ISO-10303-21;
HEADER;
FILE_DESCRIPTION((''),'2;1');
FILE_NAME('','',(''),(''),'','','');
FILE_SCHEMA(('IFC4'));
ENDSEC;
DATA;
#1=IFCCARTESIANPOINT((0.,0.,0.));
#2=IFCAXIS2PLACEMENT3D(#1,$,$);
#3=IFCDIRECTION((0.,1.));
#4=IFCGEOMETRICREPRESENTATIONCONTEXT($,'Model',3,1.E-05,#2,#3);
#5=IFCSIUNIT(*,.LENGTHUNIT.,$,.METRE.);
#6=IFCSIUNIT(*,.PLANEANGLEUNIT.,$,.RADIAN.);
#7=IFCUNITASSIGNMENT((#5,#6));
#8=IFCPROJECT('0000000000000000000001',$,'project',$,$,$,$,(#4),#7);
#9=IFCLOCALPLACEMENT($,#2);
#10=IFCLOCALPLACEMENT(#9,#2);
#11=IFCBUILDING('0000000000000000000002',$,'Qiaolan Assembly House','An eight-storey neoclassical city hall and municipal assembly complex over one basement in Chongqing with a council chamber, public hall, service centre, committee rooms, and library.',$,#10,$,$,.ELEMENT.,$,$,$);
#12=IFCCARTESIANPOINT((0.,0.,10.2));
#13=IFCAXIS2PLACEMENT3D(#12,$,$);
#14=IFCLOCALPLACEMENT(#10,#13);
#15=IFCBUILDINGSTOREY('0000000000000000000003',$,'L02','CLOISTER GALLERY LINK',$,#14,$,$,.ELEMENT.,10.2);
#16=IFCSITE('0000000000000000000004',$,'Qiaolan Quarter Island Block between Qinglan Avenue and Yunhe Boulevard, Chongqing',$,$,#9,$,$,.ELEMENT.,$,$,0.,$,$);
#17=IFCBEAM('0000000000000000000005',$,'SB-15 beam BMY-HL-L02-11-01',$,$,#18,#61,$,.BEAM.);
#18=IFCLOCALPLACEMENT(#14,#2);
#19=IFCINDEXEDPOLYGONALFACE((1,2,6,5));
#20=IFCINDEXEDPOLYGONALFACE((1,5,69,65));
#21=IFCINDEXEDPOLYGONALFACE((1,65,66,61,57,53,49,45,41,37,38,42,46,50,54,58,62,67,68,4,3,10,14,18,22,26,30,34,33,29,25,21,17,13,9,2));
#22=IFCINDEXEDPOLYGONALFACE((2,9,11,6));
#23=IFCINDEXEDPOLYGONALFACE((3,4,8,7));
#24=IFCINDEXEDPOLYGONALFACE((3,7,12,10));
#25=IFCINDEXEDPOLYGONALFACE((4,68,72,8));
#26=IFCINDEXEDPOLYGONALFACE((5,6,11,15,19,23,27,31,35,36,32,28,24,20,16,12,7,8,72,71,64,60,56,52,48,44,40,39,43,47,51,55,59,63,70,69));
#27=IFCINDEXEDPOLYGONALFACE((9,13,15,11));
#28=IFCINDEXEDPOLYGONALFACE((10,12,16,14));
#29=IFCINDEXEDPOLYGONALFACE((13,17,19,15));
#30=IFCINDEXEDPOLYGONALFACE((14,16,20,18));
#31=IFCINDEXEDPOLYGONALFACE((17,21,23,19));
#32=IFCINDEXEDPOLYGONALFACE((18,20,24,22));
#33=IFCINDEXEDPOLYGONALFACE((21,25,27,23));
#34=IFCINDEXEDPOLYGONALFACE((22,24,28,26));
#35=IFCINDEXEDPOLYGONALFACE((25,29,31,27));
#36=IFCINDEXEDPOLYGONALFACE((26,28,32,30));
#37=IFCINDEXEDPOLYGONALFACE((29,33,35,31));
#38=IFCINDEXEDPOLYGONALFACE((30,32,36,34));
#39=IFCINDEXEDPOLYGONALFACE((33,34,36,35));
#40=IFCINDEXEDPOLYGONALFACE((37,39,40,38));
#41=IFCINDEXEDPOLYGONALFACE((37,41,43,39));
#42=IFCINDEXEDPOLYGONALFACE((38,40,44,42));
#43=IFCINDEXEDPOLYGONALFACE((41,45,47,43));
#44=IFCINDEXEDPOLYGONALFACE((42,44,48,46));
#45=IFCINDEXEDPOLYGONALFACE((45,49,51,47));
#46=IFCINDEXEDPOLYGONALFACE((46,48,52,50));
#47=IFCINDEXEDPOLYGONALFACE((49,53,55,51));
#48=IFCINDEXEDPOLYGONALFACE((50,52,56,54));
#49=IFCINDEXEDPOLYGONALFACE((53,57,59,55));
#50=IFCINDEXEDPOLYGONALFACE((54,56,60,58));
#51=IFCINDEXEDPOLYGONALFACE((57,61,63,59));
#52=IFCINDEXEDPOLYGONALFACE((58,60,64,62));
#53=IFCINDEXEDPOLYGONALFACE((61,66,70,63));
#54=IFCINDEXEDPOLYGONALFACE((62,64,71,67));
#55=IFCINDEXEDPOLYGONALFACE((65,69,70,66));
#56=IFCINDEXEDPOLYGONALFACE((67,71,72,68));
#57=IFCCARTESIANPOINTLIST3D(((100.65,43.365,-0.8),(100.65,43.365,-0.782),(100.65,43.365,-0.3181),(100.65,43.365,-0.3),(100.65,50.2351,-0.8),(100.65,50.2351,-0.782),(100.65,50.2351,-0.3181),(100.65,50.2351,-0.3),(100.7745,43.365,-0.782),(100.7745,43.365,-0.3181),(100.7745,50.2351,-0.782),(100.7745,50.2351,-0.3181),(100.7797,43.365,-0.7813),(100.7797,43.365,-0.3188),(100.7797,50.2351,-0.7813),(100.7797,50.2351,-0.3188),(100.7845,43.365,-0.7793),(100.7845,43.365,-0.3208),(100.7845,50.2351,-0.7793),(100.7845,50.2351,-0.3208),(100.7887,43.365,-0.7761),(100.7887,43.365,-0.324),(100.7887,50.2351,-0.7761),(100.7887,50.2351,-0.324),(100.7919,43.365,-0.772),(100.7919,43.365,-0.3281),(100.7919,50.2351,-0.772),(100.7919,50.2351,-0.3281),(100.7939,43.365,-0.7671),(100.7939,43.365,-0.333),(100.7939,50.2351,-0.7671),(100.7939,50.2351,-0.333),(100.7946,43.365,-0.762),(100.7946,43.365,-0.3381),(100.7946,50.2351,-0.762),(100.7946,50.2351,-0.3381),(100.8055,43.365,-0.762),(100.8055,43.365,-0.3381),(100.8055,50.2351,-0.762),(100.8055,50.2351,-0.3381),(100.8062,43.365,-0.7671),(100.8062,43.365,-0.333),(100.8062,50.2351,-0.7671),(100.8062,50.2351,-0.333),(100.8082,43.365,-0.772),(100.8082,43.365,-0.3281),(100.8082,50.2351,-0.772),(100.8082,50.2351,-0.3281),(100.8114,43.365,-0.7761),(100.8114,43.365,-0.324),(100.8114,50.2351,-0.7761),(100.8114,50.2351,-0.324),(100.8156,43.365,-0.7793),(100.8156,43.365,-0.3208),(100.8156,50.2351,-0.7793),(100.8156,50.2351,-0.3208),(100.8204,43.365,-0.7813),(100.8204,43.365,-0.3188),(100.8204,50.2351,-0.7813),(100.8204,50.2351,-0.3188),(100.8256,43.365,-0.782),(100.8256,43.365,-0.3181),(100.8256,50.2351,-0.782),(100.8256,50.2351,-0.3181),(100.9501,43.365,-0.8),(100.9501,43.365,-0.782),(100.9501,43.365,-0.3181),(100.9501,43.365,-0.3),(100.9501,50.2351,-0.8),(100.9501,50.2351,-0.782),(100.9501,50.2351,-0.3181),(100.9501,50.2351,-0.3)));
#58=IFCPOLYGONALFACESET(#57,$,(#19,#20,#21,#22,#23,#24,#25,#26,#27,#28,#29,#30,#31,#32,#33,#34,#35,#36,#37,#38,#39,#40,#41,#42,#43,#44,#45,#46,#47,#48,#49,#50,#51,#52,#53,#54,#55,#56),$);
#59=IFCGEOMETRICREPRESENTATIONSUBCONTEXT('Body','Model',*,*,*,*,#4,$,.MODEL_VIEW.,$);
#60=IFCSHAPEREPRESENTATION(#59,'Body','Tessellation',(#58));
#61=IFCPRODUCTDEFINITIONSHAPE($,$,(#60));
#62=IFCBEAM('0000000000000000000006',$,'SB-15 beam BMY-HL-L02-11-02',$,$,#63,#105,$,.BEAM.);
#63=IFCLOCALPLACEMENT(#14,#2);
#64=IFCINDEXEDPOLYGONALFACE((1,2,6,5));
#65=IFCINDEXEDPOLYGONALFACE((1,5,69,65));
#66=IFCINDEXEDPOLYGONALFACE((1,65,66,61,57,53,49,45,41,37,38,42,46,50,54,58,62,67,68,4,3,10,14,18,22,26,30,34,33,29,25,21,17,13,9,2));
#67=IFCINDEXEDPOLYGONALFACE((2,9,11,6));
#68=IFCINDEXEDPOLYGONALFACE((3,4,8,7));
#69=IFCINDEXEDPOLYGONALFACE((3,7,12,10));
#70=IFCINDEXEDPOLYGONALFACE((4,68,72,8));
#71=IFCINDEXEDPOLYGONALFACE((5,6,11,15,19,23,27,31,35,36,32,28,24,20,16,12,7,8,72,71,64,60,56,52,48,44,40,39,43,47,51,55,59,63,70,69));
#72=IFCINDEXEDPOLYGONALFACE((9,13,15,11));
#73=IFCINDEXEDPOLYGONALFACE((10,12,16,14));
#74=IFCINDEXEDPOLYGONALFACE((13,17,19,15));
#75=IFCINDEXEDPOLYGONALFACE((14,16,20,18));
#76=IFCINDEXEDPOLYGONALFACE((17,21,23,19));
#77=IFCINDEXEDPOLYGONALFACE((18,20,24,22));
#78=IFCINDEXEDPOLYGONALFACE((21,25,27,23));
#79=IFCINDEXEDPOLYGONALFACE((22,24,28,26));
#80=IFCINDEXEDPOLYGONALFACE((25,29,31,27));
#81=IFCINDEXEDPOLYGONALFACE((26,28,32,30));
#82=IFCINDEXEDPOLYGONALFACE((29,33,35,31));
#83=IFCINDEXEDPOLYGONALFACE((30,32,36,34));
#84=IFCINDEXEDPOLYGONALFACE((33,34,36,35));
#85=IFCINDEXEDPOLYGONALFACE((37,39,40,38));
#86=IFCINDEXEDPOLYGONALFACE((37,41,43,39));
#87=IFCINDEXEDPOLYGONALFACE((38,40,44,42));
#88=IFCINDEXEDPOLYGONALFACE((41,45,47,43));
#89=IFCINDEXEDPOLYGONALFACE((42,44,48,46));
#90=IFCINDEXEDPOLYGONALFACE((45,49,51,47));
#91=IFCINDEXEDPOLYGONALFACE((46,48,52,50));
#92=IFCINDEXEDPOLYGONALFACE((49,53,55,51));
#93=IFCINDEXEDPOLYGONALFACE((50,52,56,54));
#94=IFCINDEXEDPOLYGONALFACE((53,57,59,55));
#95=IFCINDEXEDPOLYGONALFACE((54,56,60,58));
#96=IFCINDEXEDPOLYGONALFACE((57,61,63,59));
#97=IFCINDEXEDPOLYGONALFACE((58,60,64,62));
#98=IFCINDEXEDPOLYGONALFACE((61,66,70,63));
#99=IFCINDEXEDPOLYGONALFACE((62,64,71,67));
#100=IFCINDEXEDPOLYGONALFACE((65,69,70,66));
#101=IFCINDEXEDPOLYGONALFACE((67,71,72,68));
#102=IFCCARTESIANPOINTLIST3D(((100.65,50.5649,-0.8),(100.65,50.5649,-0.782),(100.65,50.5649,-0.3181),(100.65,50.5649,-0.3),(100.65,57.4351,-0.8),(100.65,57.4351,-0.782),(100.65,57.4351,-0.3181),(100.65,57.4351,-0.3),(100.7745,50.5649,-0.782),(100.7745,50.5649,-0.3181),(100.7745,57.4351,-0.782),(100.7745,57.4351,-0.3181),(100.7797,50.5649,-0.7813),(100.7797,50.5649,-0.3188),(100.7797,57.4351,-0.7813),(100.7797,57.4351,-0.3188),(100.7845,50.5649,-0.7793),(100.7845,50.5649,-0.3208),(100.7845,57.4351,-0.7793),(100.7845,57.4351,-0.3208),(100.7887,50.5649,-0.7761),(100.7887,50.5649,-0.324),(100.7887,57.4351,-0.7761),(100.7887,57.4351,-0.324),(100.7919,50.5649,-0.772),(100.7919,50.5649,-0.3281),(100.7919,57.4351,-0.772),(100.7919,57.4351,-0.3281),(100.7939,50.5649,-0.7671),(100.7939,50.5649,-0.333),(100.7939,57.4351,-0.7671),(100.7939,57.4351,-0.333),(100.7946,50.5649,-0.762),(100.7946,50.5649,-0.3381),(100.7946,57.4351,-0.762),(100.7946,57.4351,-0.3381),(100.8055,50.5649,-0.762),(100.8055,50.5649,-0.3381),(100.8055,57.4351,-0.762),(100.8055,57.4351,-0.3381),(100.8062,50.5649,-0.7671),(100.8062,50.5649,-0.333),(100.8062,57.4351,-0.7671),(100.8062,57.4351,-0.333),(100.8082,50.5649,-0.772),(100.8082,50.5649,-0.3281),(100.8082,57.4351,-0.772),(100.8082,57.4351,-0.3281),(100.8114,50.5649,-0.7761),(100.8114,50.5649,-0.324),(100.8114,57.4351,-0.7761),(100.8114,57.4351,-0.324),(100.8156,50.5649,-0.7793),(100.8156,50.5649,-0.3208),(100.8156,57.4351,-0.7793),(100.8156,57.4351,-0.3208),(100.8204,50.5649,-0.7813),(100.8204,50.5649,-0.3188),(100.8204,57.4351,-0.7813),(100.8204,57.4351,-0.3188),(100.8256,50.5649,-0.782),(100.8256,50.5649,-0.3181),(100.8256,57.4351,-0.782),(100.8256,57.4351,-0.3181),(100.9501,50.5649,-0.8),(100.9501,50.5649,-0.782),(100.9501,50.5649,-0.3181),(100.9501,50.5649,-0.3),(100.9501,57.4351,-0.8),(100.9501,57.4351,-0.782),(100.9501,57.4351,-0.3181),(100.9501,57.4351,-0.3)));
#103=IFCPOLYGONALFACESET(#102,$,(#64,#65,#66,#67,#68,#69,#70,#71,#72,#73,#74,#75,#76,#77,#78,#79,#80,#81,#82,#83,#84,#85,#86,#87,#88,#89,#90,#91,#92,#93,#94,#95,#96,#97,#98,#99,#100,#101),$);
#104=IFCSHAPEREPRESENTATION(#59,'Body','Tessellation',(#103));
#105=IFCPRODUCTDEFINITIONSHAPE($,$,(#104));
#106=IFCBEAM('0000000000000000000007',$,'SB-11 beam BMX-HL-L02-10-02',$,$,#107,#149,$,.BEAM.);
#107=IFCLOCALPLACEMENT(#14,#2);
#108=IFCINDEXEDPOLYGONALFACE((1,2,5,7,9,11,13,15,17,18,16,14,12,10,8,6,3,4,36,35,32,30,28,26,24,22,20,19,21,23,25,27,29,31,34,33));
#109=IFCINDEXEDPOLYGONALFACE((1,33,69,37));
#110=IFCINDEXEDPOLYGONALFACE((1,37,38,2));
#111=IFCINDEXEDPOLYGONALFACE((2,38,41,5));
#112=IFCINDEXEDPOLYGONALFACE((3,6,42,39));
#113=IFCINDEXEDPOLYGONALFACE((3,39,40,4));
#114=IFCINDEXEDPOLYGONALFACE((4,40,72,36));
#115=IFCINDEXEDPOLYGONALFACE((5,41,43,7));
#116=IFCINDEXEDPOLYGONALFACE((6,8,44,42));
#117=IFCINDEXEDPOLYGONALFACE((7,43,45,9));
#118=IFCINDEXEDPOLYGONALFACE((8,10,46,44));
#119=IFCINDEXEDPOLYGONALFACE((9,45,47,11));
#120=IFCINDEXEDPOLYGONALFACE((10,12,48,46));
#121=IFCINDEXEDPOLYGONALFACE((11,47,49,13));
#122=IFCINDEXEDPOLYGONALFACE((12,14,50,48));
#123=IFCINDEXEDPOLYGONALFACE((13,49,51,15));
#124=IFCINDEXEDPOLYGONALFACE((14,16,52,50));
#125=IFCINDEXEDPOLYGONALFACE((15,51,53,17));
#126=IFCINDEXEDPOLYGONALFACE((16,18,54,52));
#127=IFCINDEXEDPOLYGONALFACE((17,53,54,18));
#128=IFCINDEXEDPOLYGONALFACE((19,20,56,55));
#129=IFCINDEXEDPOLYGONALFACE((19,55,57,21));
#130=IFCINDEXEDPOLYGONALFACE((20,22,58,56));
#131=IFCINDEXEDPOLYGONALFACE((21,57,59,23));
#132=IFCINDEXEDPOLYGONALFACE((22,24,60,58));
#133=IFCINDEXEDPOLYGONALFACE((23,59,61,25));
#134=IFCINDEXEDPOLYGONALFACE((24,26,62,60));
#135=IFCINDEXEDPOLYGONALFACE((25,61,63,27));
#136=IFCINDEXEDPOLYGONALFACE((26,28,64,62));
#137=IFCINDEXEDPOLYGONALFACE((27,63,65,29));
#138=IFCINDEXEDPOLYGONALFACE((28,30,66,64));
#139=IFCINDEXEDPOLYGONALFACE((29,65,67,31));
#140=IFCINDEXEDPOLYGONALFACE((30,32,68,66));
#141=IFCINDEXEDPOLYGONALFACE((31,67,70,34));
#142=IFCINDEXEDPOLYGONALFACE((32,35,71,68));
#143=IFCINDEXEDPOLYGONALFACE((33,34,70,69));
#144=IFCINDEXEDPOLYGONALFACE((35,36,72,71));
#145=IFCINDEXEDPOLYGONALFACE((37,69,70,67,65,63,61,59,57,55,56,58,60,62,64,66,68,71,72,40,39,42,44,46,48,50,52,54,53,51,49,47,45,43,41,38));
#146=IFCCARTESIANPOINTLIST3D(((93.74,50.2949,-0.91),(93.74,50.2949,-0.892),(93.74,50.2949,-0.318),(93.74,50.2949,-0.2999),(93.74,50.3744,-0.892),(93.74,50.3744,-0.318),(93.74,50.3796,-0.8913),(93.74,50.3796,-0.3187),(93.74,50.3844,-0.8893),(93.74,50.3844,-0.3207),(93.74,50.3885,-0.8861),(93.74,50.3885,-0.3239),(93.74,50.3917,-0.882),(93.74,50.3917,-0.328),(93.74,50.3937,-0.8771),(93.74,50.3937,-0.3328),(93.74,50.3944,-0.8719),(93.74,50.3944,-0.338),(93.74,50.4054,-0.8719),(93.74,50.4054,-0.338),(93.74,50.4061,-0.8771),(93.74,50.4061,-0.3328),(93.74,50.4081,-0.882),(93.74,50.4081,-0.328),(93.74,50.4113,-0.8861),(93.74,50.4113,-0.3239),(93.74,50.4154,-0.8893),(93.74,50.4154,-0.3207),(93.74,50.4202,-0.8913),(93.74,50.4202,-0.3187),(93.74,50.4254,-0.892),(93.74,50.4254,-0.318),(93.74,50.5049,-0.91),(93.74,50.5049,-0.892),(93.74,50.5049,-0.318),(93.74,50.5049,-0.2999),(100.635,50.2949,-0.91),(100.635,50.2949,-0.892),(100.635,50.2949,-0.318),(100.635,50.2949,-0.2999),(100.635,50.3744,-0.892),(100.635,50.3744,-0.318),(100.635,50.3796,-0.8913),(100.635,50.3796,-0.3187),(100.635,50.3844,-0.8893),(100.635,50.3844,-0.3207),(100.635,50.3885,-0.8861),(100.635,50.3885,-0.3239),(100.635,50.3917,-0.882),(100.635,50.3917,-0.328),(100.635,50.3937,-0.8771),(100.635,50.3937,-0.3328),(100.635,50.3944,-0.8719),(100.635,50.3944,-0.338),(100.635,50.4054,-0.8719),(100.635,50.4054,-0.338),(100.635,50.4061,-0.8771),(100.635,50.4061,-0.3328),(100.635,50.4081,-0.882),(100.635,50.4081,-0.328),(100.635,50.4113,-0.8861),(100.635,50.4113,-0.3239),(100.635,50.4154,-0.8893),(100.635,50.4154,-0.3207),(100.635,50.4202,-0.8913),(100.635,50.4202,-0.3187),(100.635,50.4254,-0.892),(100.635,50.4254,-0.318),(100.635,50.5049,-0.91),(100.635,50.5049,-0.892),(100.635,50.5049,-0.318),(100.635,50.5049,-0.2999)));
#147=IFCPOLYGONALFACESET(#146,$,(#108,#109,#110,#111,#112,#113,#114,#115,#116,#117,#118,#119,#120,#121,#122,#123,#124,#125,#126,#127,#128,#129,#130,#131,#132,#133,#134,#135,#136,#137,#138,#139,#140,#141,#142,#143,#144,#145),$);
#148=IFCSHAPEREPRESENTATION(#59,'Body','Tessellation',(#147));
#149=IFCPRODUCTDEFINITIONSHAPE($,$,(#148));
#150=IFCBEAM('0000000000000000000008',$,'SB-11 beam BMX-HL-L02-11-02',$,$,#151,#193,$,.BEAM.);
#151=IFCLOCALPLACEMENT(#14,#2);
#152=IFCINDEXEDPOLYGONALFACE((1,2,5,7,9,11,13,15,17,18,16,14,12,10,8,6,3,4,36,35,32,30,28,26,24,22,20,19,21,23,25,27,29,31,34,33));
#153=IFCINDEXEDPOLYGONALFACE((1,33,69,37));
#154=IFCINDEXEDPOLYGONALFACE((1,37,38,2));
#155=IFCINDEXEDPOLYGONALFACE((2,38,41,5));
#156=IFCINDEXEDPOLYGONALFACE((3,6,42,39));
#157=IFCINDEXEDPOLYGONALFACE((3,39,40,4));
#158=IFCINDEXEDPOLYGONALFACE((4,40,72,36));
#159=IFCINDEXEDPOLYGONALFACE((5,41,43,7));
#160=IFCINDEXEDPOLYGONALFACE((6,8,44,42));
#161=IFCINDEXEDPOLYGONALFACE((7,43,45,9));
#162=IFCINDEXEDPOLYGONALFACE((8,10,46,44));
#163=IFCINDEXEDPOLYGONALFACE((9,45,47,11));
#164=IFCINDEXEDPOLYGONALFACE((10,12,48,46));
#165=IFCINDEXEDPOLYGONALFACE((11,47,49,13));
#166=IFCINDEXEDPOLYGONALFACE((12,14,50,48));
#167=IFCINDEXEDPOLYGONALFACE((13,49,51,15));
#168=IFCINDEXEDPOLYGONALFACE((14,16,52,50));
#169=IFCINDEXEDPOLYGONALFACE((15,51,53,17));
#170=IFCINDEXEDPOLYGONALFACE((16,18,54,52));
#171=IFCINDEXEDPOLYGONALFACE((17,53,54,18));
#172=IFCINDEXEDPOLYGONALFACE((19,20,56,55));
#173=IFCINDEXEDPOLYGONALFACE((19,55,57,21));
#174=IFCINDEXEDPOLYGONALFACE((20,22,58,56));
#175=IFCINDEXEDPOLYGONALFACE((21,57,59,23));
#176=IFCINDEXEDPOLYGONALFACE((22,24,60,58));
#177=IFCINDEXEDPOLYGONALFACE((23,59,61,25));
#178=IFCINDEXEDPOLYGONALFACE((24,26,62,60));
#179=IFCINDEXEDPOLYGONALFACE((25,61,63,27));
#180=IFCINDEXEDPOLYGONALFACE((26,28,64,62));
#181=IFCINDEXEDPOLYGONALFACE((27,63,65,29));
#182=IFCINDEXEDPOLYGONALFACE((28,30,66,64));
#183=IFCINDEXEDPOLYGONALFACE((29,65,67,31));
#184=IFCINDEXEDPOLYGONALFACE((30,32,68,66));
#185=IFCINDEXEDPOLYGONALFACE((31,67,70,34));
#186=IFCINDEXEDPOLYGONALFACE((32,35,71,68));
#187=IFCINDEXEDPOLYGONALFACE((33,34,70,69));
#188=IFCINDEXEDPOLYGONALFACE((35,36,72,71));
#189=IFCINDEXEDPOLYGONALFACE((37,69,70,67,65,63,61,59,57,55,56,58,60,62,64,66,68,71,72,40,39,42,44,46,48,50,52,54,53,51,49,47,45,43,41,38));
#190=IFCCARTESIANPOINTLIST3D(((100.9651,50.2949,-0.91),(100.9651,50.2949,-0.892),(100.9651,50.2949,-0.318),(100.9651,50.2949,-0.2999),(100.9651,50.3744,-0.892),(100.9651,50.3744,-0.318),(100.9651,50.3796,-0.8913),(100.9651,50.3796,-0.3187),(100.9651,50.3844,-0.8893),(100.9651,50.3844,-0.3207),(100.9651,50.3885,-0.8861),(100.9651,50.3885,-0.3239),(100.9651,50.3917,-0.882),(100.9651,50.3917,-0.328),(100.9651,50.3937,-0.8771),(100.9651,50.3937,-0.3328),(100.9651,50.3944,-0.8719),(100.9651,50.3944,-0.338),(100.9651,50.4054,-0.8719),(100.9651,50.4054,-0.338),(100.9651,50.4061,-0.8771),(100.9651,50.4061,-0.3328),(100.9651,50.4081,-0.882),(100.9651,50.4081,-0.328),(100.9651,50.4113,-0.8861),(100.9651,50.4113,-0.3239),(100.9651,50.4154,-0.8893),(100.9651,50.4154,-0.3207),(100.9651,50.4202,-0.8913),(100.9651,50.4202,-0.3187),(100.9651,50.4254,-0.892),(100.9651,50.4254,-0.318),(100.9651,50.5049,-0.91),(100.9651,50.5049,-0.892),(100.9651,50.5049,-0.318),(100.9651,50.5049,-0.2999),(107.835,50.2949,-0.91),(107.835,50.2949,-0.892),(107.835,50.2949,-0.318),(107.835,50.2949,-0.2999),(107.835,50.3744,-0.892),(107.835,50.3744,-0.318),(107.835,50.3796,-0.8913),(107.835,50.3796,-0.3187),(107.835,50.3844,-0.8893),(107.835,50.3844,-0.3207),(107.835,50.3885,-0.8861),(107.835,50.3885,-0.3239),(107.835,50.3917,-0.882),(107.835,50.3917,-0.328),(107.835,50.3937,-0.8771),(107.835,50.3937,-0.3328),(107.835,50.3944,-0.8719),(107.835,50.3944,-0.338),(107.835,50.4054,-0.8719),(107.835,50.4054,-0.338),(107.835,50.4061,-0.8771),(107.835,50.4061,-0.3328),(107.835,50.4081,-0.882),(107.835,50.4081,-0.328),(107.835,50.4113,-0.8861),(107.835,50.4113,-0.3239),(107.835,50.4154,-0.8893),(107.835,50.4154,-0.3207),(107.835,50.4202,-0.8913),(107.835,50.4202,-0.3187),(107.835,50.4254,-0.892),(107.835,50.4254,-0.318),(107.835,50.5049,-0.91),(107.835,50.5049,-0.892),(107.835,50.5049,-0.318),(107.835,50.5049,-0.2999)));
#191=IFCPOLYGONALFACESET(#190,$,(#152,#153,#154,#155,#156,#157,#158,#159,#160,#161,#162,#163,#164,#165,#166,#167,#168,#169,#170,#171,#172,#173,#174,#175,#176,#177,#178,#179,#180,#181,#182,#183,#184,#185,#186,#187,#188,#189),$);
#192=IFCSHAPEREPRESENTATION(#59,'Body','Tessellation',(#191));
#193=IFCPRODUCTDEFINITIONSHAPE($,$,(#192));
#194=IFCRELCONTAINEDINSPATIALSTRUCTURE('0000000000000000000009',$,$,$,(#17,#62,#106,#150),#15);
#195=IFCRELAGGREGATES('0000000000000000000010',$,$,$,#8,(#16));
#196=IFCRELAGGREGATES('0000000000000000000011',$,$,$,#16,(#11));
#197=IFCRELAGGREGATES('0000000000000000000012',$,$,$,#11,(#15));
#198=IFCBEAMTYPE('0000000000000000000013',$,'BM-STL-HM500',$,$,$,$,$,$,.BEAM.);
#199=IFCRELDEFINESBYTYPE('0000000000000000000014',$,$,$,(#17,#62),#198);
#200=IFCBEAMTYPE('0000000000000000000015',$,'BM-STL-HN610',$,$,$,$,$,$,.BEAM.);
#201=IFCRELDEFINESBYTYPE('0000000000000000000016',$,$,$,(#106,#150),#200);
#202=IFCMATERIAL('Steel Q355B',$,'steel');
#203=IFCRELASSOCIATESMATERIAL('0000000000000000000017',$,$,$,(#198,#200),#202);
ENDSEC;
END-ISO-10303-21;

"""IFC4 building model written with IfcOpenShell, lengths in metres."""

from ifc_helpers import new_model, si_unit, direction, frame, origin, origin_2d, place, context, subcontext, project, spatial, i_section, extrude, material, material_profile, profile_set, type_object, element, save


model = new_model("IFC4")

# Units and contexts
model_context = context("Model", 3, precision=1e-05, world=origin(), true_north=direction((0.0, 1.0)))
body_context = subcontext(model_context, "Body", "Model", "MODEL_VIEW")
ifc_project = project(units=[si_unit("LENGTHUNIT", "METRE"), si_unit("PLANEANGLEUNIT", "RADIAN")], contexts=[model_context])

# Site, building, storey
site_placement = place(None, origin())
site = spatial("IfcSite", under=ifc_project, at=site_placement, Name="Qiaolan Quarter Island Block between Qinglan Avenue and Yunhe Boulevard, Chongqing", CompositionType="ELEMENT", RefElevation=0.0)
building_placement = place(site_placement, origin())
building = spatial("IfcBuilding", under=site, at=building_placement, Name="Qiaolan Assembly House", Description="An eight-storey neoclassical city hall and municipal assembly complex over one basement in Chongqing with a council chamber, public hall, service centre, committee rooms, and library.", CompositionType="ELEMENT")
storey_placement = place(building_placement, frame((0.0, 0.0, 10.2)))
storey = spatial("IfcBuildingStorey", under=building, at=storey_placement, Name="L02", Description="CLOISTER GALLERY LINK", CompositionType="ELEMENT", Elevation=10.2)

# Shared definitions
ifc_material_1 = material(Name="Steel Q355B", Category="steel")

# Beams
ifc_material_profile_1 = material_profile(ifc_material_1, i_section(OverallWidth=0.3, OverallDepth=0.5, WebThickness=0.011, FlangeThickness=0.0181, FilletRadius=0.02, at=origin_2d()), Name="HM 500x300x11x18")
ifc_profile_set_1 = profile_set([ifc_material_profile_1], Name="Steel Q355B")
beam_type_1 = type_object("IfcBeamType", Name="BM-STL-HM500", PredefinedType="BEAM", material=ifc_profile_set_1)
for number, where, z_axis, x_axis, name in (
    (1, (100.8, 43.365, -0.55), (0.0, 1.0, 0.0), (-1.0, 0.0, 0.0), "SB-15 beam BMY-HL-L02-11-01"),
    (2, (100.8, 50.5649, -0.55), (0.0, 1.0, 0.0), (-1.0, 0.0, 0.0), "SB-15 beam BMY-HL-L02-11-02"),
):
    element("IfcBeam", number, at=place(storey_placement, frame(where, z_axis=z_axis, x_axis=x_axis)), inside=storey, type_object=beam_type_1, Name=name, PredefinedType="BEAM", context=body_context, shape_type="SweptSolid", body=[
        extrude(i_section(OverallWidth=0.3, OverallDepth=0.5, WebThickness=0.011, FlangeThickness=0.0181, FilletRadius=0.02, at=origin_2d()), origin(), (0.0, 0.0, 1.0), 6.8701),
    ])
ifc_material_profile_2 = material_profile(ifc_material_1, i_section(OverallWidth=0.21, OverallDepth=0.6101, WebThickness=0.011, FlangeThickness=0.0181, FilletRadius=0.02, at=origin_2d()), Name="HN 610x210x11x18")
ifc_profile_set_2 = profile_set([ifc_material_profile_2], Name="Steel Q355B")
beam_type_2 = type_object("IfcBeamType", Name="BM-STL-HN610", PredefinedType="BEAM", material=ifc_profile_set_2)
beam_1_placement = place(storey_placement, frame((93.74, 50.3999, -0.605), z_axis=(1.0, 0.0, 0.0), x_axis=(0.0, 1.0, 0.0)))
element("IfcBeam", 3, at=beam_1_placement, inside=storey, type_object=beam_type_2, Name="SB-11 beam BMX-HL-L02-10-02", PredefinedType="BEAM", context=body_context, shape_type="SweptSolid", body=[
    extrude(i_section(OverallWidth=0.21, OverallDepth=0.6101, WebThickness=0.011, FlangeThickness=0.0181, FilletRadius=0.02, at=origin_2d()), origin(), (0.0, 0.0, 1.0), 6.895),
])
beam_2_placement = place(storey_placement, frame((100.9651, 50.3999, -0.605), z_axis=(1.0, 0.0, 0.0), x_axis=(0.0, 1.0, 0.0)))
element("IfcBeam", 4, at=beam_2_placement, inside=storey, type_object=beam_type_2, Name="SB-11 beam BMX-HL-L02-11-02", PredefinedType="BEAM", context=body_context, shape_type="SweptSolid", body=[
    extrude(i_section(OverallWidth=0.21, OverallDepth=0.6101, WebThickness=0.011, FlangeThickness=0.0181, FilletRadius=0.02, at=origin_2d()), origin(), (0.0, 0.0, 1.0), 6.8699),
])

save(model, "model.ifc")
